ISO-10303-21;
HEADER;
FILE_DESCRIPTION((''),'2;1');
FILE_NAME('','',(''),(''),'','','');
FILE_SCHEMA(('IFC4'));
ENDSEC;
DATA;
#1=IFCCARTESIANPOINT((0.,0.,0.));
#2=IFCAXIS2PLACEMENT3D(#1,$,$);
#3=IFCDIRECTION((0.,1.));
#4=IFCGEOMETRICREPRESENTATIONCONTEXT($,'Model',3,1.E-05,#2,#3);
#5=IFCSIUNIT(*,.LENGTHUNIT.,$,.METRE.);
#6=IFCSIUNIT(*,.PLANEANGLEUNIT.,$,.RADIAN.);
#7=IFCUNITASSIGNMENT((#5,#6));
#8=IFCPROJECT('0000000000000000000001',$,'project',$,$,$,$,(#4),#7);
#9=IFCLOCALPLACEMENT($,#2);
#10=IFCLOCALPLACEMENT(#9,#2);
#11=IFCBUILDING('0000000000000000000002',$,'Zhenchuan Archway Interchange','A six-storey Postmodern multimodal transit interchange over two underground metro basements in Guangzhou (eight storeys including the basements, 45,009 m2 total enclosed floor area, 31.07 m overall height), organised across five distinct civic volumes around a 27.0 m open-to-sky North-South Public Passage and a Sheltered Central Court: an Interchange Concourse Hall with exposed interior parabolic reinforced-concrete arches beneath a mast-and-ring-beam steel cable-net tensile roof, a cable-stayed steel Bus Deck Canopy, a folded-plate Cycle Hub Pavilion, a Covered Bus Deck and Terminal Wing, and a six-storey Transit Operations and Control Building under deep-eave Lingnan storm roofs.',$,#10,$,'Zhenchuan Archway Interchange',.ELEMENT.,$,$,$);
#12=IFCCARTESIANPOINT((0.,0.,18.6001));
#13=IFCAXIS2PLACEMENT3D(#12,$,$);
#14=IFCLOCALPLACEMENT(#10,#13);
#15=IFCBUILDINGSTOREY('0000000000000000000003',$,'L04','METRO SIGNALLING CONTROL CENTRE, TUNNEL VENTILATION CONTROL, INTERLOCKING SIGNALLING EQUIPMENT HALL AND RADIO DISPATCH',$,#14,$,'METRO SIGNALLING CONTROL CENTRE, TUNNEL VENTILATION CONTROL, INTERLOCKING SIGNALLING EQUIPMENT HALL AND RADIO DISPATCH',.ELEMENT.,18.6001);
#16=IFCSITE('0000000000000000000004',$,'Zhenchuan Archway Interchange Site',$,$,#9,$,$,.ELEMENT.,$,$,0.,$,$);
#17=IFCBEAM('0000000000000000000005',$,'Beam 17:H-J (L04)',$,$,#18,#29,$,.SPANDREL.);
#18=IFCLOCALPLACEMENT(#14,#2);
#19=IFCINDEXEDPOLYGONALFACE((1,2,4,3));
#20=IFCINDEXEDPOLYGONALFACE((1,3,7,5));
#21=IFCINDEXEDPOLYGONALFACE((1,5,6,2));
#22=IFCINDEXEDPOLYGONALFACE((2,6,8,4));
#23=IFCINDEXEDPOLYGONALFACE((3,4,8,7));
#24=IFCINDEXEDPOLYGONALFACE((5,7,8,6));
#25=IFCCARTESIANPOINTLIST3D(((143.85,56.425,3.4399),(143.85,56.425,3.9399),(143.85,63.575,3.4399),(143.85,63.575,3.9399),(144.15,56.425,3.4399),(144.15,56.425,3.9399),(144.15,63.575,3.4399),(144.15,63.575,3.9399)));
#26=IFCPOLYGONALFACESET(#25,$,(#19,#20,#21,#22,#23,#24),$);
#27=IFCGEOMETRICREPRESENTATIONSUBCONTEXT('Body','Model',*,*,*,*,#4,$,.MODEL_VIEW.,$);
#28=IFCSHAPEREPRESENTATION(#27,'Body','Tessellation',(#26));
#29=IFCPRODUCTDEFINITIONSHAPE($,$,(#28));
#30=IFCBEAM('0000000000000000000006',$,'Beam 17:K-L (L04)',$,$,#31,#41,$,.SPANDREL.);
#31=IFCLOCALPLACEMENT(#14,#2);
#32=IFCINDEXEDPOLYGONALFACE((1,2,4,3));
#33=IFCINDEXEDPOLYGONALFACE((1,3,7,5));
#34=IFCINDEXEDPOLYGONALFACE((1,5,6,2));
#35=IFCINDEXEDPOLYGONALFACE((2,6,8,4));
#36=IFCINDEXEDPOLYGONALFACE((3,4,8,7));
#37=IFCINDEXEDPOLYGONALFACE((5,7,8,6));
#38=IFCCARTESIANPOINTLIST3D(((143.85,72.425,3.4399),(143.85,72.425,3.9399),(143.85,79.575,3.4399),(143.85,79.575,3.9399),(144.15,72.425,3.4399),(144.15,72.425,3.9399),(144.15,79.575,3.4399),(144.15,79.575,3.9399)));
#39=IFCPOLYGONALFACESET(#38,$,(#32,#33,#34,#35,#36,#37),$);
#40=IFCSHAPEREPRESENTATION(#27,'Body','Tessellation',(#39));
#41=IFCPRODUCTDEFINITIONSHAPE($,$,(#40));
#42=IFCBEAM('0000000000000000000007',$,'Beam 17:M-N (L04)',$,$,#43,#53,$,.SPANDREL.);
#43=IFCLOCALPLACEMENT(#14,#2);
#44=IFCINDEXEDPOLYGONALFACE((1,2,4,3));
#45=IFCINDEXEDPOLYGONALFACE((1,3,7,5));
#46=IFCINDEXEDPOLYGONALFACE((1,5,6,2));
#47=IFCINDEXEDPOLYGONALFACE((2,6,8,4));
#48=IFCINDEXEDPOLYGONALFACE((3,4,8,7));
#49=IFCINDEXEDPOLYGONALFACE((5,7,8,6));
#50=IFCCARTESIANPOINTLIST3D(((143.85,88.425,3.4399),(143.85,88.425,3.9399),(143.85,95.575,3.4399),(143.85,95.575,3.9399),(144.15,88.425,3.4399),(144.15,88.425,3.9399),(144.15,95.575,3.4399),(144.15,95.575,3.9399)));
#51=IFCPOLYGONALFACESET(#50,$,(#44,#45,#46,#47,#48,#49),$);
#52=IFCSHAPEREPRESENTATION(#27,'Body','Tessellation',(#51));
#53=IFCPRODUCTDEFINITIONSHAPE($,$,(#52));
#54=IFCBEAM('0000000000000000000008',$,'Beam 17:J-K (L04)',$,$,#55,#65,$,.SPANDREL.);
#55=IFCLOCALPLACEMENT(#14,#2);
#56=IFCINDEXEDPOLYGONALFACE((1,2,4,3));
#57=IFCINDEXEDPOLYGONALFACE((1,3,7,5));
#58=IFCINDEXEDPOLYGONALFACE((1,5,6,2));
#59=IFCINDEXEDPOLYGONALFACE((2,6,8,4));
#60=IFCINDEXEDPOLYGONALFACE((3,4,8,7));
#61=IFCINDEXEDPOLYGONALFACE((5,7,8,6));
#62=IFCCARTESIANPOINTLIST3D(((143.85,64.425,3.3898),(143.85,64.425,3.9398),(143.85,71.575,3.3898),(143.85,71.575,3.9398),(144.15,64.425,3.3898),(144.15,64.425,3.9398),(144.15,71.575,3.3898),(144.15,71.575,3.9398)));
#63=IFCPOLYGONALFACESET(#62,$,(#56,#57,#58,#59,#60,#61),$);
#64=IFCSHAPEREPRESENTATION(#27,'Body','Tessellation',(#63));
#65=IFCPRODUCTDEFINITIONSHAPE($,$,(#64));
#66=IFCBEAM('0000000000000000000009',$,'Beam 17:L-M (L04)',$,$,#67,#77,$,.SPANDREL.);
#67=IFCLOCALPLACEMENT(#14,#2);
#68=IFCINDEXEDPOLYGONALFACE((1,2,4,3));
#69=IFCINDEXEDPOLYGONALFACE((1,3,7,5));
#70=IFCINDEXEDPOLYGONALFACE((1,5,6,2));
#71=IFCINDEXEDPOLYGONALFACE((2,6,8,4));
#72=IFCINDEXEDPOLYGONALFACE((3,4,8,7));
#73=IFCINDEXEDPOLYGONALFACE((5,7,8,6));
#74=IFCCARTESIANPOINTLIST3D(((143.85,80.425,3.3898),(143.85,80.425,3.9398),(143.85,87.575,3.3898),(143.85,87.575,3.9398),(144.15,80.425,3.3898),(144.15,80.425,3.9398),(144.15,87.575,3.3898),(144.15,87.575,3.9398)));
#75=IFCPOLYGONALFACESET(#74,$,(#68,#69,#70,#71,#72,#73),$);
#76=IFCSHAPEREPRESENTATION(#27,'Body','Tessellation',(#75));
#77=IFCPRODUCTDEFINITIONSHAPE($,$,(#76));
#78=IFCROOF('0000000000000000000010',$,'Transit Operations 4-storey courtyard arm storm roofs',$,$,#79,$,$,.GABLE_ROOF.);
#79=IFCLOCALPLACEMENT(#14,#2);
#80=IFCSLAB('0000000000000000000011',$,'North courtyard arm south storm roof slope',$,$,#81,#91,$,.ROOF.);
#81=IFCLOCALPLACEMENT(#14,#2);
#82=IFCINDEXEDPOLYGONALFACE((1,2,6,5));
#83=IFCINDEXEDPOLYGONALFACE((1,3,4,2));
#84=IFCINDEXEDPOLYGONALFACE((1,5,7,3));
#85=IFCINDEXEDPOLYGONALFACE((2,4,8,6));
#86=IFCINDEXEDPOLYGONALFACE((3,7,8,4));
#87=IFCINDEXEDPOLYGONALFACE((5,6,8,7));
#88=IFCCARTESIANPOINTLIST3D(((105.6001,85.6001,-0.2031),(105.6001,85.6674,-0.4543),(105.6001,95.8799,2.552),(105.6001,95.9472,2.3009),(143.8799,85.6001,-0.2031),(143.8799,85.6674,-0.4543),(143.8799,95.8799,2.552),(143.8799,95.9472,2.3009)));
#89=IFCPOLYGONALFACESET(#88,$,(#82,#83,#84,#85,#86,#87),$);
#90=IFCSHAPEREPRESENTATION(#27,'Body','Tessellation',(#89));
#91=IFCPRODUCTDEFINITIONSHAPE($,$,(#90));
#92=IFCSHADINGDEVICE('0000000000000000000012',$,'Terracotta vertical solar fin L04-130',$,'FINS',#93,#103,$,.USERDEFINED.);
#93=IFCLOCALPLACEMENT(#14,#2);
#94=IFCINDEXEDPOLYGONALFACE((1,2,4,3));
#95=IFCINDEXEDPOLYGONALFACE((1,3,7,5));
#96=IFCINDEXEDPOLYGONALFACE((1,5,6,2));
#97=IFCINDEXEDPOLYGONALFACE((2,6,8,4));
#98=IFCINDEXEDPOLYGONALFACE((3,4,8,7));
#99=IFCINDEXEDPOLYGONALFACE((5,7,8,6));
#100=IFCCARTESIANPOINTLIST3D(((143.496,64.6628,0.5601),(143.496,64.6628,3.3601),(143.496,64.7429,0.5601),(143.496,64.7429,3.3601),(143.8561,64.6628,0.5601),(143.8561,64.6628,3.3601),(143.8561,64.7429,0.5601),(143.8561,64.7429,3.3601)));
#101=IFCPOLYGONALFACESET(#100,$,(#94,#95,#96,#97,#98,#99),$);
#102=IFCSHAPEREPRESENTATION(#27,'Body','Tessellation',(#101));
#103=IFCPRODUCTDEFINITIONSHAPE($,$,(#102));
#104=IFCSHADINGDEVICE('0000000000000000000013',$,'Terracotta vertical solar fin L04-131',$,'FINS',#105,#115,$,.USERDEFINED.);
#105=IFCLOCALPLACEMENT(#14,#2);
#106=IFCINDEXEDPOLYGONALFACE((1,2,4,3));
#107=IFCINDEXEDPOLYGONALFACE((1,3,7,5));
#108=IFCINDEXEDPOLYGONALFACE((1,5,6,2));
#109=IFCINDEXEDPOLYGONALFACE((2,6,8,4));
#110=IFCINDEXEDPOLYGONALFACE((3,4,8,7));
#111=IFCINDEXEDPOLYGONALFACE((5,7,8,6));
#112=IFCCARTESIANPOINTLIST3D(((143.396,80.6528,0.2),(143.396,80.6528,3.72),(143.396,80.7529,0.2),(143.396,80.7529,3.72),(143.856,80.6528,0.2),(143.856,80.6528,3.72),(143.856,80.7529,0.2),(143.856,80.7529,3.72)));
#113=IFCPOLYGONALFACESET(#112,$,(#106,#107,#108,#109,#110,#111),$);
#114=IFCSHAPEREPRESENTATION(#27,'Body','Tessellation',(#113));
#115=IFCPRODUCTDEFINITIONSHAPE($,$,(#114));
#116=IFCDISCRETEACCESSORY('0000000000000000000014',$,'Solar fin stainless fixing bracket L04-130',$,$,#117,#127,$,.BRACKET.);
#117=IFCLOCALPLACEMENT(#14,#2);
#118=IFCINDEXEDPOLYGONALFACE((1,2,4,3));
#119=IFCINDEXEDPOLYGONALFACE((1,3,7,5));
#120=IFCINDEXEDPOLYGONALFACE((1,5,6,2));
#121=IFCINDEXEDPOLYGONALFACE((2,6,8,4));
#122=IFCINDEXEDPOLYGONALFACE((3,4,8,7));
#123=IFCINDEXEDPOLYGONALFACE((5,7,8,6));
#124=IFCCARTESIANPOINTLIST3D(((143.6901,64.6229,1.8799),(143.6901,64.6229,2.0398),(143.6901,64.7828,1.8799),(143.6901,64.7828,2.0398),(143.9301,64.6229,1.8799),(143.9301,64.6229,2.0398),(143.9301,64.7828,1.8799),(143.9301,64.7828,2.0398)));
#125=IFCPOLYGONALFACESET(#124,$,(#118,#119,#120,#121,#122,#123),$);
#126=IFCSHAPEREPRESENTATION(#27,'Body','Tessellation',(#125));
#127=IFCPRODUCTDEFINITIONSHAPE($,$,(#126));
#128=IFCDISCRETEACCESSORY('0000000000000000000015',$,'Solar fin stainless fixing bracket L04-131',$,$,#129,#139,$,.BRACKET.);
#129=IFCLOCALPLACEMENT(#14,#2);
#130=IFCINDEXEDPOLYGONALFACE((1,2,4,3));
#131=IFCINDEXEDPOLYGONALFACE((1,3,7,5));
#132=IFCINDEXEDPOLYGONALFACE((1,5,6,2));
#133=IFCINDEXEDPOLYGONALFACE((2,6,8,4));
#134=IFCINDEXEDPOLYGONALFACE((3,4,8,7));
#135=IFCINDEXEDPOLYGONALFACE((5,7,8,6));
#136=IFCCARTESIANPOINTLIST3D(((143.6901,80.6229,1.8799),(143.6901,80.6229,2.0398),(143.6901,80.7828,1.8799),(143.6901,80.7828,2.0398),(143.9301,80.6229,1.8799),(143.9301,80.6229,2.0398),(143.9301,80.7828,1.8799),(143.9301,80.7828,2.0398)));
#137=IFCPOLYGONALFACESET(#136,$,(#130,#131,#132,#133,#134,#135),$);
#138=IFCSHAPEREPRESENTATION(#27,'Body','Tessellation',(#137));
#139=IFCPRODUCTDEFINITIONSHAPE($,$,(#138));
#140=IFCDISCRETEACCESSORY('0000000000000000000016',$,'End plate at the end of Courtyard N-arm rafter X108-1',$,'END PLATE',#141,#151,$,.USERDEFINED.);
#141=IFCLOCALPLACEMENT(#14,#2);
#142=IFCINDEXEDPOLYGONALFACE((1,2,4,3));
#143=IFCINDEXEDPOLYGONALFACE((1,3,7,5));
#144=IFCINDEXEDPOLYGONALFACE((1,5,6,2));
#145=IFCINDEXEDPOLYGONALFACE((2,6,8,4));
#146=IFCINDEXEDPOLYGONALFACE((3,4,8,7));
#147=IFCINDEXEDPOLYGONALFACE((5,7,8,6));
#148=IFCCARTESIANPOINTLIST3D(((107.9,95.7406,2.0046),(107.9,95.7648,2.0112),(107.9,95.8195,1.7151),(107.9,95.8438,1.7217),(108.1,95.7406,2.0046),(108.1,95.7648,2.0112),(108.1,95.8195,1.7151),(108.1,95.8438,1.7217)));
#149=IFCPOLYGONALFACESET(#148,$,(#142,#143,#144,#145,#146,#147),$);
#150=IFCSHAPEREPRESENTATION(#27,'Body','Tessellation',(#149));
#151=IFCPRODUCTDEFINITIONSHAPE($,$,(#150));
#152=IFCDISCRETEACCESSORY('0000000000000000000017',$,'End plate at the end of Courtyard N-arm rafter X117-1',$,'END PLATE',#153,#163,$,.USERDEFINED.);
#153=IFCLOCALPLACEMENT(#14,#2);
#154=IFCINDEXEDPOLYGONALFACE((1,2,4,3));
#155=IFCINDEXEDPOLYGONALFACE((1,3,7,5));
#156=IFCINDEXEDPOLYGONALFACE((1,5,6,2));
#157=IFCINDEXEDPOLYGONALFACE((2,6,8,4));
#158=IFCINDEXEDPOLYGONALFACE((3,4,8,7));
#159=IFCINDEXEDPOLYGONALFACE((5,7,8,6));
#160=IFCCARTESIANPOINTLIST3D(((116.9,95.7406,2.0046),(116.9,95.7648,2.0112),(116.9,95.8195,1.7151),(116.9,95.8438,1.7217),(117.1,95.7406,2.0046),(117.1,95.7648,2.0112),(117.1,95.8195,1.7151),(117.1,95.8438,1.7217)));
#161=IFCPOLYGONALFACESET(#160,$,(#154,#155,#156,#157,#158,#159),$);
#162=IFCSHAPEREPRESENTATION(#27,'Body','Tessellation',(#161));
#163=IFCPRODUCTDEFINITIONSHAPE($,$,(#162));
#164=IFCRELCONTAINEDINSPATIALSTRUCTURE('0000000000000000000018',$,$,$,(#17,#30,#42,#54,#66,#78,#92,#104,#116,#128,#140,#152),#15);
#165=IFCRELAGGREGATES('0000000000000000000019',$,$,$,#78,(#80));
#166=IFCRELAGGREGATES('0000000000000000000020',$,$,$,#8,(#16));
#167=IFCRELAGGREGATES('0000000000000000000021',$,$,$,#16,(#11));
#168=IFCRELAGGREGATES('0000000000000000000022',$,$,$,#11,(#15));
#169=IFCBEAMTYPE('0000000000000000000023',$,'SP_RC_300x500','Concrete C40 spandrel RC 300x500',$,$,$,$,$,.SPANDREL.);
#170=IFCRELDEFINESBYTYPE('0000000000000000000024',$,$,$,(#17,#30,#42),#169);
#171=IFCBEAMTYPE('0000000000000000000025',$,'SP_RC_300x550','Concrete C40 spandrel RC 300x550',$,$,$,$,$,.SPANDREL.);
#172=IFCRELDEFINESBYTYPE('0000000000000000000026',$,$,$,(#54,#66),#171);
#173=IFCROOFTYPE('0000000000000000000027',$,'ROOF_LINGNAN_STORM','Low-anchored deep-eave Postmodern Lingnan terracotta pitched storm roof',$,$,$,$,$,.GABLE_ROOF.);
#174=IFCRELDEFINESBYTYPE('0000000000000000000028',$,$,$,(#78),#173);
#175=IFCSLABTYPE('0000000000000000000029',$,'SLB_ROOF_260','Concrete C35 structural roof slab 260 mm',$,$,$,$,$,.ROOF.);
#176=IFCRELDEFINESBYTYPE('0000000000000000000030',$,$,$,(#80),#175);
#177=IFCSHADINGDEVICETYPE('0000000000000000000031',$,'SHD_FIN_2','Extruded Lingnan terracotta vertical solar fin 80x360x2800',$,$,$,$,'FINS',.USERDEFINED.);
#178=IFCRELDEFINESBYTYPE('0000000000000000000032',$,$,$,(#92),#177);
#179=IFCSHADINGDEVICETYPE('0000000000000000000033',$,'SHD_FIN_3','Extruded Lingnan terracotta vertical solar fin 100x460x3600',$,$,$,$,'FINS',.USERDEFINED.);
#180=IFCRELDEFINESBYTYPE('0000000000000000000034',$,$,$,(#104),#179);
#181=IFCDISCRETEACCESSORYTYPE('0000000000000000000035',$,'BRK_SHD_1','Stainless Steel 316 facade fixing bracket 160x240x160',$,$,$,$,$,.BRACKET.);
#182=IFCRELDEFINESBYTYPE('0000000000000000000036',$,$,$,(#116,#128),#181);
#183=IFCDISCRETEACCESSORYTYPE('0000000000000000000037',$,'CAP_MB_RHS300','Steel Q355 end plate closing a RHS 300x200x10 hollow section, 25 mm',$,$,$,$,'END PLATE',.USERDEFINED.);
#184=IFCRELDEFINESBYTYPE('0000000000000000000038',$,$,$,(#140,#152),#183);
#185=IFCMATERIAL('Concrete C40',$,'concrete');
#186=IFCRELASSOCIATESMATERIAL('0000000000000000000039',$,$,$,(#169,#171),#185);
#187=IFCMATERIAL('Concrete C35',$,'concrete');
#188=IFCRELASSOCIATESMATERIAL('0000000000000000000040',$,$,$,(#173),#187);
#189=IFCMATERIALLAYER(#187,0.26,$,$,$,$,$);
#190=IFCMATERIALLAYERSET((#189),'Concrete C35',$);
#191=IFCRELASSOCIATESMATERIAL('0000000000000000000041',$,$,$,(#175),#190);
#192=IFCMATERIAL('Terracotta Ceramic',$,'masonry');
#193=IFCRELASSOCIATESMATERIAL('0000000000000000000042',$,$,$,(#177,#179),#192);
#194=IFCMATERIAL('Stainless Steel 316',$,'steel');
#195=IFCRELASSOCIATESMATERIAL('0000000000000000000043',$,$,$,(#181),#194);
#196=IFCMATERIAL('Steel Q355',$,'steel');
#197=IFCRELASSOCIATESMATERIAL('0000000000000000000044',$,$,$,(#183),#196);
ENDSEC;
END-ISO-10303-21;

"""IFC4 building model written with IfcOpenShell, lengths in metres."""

from ifc_helpers import new_model, si_unit, direction, frame, origin, origin_2d, place, context, subcontext, project, spatial, polyline, rectangle, outline, extrude, material, layer, layer_set, material_profile, profile_set, type_object, element, aggregate, save


model = new_model("IFC4")

# Units and contexts
model_context = context("Model", 3, precision=1e-05, world=origin(), true_north=direction((0.0, 1.0)))
body_context = subcontext(model_context, "Body", "Model", "MODEL_VIEW")
ifc_project = project(units=[si_unit("LENGTHUNIT", "METRE"), si_unit("PLANEANGLEUNIT", "RADIAN")], contexts=[model_context])

# Site, building, storey
site_placement = place(None, origin())
site = spatial("IfcSite", under=ifc_project, at=site_placement, Name="Zhenchuan Archway Interchange Site", CompositionType="ELEMENT", RefElevation=0.0)
building_placement = place(site_placement, origin())
building = spatial("IfcBuilding", under=site, at=building_placement, Name="Zhenchuan Archway Interchange", Description="A six-storey Postmodern multimodal transit interchange over two underground metro basements in Guangzhou (eight storeys including the basements, 45,009 m2 total enclosed floor area, 31.07 m overall height), organised across five distinct civic volumes around a 27.0 m open-to-sky North-South Public Passage and a Sheltered Central Court: an Interchange Concourse Hall with exposed interior parabolic reinforced-concrete arches beneath a mast-and-ring-beam steel cable-net tensile roof, a cable-stayed steel Bus Deck Canopy, a folded-plate Cycle Hub Pavilion, a Covered Bus Deck and Terminal Wing, and a six-storey Transit Operations and Control Building under deep-eave Lingnan storm roofs.", LongName="Zhenchuan Archway Interchange", CompositionType="ELEMENT")
storey_placement = place(building_placement, frame((0.0, 0.0, 18.6001)))
storey = spatial("IfcBuildingStorey", under=building, at=storey_placement, Name="L04", Description="METRO SIGNALLING CONTROL CENTRE, TUNNEL VENTILATION CONTROL, INTERLOCKING SIGNALLING EQUIPMENT HALL AND RADIO DISPATCH", LongName="METRO SIGNALLING CONTROL CENTRE, TUNNEL VENTILATION CONTROL, INTERLOCKING SIGNALLING EQUIPMENT HALL AND RADIO DISPATCH", CompositionType="ELEMENT", Elevation=18.6001)

# Shared definitions
ifc_material_1 = material(Name="Concrete C40", Category="concrete")

# Shared definitions
ifc_material_2 = material(Name="Steel Q355", Category="steel")

# Beams
ifc_material_profile_1 = material_profile(ifc_material_1, rectangle(XDim=0.3, YDim=0.5, at=origin_2d()), Name="RC 300x500")
ifc_profile_set_1 = profile_set([ifc_material_profile_1], Name="Concrete C40")
beam_type_1 = type_object("IfcBeamType", Name="SP_RC_300x500", Description="Concrete C40 spandrel RC 300x500", PredefinedType="SPANDREL", material=ifc_profile_set_1)
for number, where, z_axis, x_axis, name in (
    (1, (144.0, 56.425, 3.6899), (0.0, 1.0, 0.0), (-1.0, 0.0, 0.0), "Beam 17:H-J (L04)"),
    (2, (144.0, 72.425, 3.6899), (0.0, 1.0, 0.0), (-1.0, 0.0, 0.0), "Beam 17:K-L (L04)"),
    (3, (144.0, 88.425, 3.6899), (0.0, 1.0, 0.0), (-1.0, 0.0, 0.0), "Beam 17:M-N (L04)"),
):
    element("IfcBeam", number, at=place(storey_placement, frame(where, z_axis=z_axis, x_axis=x_axis)), inside=storey, type_object=beam_type_1, Name=name, PredefinedType="SPANDREL", context=body_context, shape_type="SweptSolid", body=[
        extrude(rectangle(XDim=0.3, YDim=0.5, at=origin_2d()), origin(), (0.0, 0.0, 1.0), 7.1499),
    ])
ifc_material_profile_2 = material_profile(ifc_material_1, rectangle(XDim=0.3, YDim=0.55, at=origin_2d()), Name="RC 300x550")
ifc_profile_set_2 = profile_set([ifc_material_profile_2], Name="Concrete C40")
beam_type_2 = type_object("IfcBeamType", Name="SP_RC_300x550", Description="Concrete C40 spandrel RC 300x550", PredefinedType="SPANDREL", material=ifc_profile_set_2)
for number, where, z_axis, x_axis, name in (
    (4, (144.0, 64.425, 3.6648), (0.0, 1.0, 0.0), (-1.0, 0.0, 0.0), "Beam 17:J-K (L04)"),
    (5, (144.0, 80.425, 3.6648), (0.0, 1.0, 0.0), (-1.0, 0.0, 0.0), "Beam 17:L-M (L04)"),
):
    element("IfcBeam", number, at=place(storey_placement, frame(where, z_axis=z_axis, x_axis=x_axis)), inside=storey, type_object=beam_type_2, Name=name, PredefinedType="SPANDREL", context=body_context, shape_type="SweptSolid", body=[
        extrude(rectangle(XDim=0.3, YDim=0.55, at=origin_2d()), origin(), (0.0, 0.0, 1.0), 7.1499),
    ])

# Roof, slab
ifc_material_3 = material(Name="Concrete C35", Category="concrete")
roof_type = type_object("IfcRoofType", Name="ROOF_LINGNAN_STORM", Description="Low-anchored deep-eave Postmodern Lingnan terracotta pitched storm roof", PredefinedType="GABLE_ROOF", material=ifc_material_3)
roof_placement = place(storey_placement, origin())
roof = element("IfcRoof", 6, at=roof_placement, inside=storey, type_object=roof_type, Name="Transit Operations 4-storey courtyard arm storm roofs", PredefinedType="GABLE_ROOF")
ifc_layer = layer(ifc_material_3, 0.26)
ifc_layer_set = layer_set([ifc_layer], Name="Concrete C35")
slab_type = type_object("IfcSlabType", Name="SLB_ROOF_260", Description="Concrete C35 structural roof slab 260 mm", PredefinedType="ROOF", material=ifc_layer_set)
slab_placement = place(storey_placement, frame((105.6001, 85.6001, -0.2031), z_axis=(0.0, -0.258878, 0.96591), x_axis=(1.0, 0.0, 0.0)))
slab = element("IfcSlab", 7, at=slab_placement, type_object=slab_type, Name="North courtyard arm south storm roof slope", PredefinedType="ROOF", context=body_context, shape_type="SweptSolid", body=[
    extrude(outline(polyline([(0.0, 0.0), (38.2798, 0.0), (38.2798, 10.6426), (0.0, 10.6426), (0.0, 0.0)])), origin(), (0.0, 0.0, -1.0), 0.26),
])
aggregate(roof, [slab])

# Shading devices
ifc_material_4 = material(Name="Terracotta Ceramic", Category="masonry")
shading_device_type_1 = type_object("IfcShadingDeviceType", Name="SHD_FIN_2", Description="Extruded Lingnan terracotta vertical solar fin 80x360x2800", ElementType="FINS", PredefinedType="USERDEFINED", material=ifc_material_4)
shading_device_1_placement = place(storey_placement, frame((143.676, 64.7029, 0.5601), z_axis=(0.0, 0.0, 1.0), x_axis=(0.0, 1.0, 0.0)))
element("IfcShadingDevice", 8, at=shading_device_1_placement, inside=storey, type_object=shading_device_type_1, Name="Terracotta vertical solar fin L04-130", ObjectType="FINS", PredefinedType="USERDEFINED", context=body_context, shape_type="SweptSolid", body=[
    extrude(rectangle(XDim=0.0801, YDim=0.3601, at=origin_2d()), origin(), (0.0, 0.0, 1.0), 2.8),
])
shading_device_type_2 = type_object("IfcShadingDeviceType", Name="SHD_FIN_3", Description="Extruded Lingnan terracotta vertical solar fin 100x460x3600", ElementType="FINS", PredefinedType="USERDEFINED", material=ifc_material_4)
shading_device_2_placement = place(storey_placement, frame((143.626, 80.7029, 0.2), z_axis=(0.0, 0.0, 1.0), x_axis=(0.0, 1.0, 0.0)))
element("IfcShadingDevice", 9, at=shading_device_2_placement, inside=storey, type_object=shading_device_type_2, Name="Terracotta vertical solar fin L04-131", ObjectType="FINS", PredefinedType="USERDEFINED", context=body_context, shape_type="SweptSolid", body=[
    extrude(rectangle(XDim=0.1001, YDim=0.46, at=origin_2d()), origin(), (0.0, 0.0, 1.0), 3.52),
])

# Discrete accessories
ifc_material_5 = material(Name="Stainless Steel 316", Category="steel")
discrete_accessory_type_1 = type_object("IfcDiscreteAccessoryType", Name="BRK_SHD_1", Description="Stainless Steel 316 facade fixing bracket 160x240x160", PredefinedType="BRACKET", material=ifc_material_5)
for number, where, z_axis, x_axis, name in (
    (10, (143.8101, 64.7029, 1.8799), (0.0, 0.0, 1.0), (0.0, 1.0, 0.0), "Solar fin stainless fixing bracket L04-130"),
    (11, (143.8101, 80.7029, 1.8799), (0.0, 0.0, 1.0), (0.0, 1.0, 0.0), "Solar fin stainless fixing bracket L04-131"),
):
    element("IfcDiscreteAccessory", number, at=place(storey_placement, frame(where, z_axis=z_axis, x_axis=x_axis)), inside=storey, type_object=discrete_accessory_type_1, Name=name, PredefinedType="BRACKET", context=body_context, shape_type="SweptSolid", body=[
        extrude(rectangle(XDim=0.1599, YDim=0.24, at=origin_2d()), origin(), (0.0, 0.0, 1.0), 0.1599),
    ])
discrete_accessory_type_2 = type_object("IfcDiscreteAccessoryType", Name="CAP_MB_RHS300", Description="Steel Q355 end plate closing a RHS 300x200x10 hollow section, 25 mm", ElementType="END PLATE", PredefinedType="USERDEFINED", material=ifc_material_2)
for number, where, z_axis, x_axis, name in (
    (12, (108.0, 95.78, 1.8599), (0.0, 0.964764, 0.263117), (-1.0, 0.0, 0.0), "End plate at the end of Courtyard N-arm rafter X108-1"),
    (13, (117.0, 95.78, 1.8599), (0.0, 0.964764, 0.263117), (-1.0, 0.0, 0.0), "End plate at the end of Courtyard N-arm rafter X117-1"),
):
    element("IfcDiscreteAccessory", number, at=place(storey_placement, frame(where, z_axis=z_axis, x_axis=x_axis)), inside=storey, type_object=discrete_accessory_type_2, Name=name, ObjectType="END PLATE", PredefinedType="USERDEFINED", context=body_context, shape_type="SweptSolid", body=[
        extrude(rectangle(XDim=0.2, YDim=0.3, at=origin_2d()), origin(), (0.0, 0.0, 1.0), 0.0251),
    ])

save(model, "model.ifc")
